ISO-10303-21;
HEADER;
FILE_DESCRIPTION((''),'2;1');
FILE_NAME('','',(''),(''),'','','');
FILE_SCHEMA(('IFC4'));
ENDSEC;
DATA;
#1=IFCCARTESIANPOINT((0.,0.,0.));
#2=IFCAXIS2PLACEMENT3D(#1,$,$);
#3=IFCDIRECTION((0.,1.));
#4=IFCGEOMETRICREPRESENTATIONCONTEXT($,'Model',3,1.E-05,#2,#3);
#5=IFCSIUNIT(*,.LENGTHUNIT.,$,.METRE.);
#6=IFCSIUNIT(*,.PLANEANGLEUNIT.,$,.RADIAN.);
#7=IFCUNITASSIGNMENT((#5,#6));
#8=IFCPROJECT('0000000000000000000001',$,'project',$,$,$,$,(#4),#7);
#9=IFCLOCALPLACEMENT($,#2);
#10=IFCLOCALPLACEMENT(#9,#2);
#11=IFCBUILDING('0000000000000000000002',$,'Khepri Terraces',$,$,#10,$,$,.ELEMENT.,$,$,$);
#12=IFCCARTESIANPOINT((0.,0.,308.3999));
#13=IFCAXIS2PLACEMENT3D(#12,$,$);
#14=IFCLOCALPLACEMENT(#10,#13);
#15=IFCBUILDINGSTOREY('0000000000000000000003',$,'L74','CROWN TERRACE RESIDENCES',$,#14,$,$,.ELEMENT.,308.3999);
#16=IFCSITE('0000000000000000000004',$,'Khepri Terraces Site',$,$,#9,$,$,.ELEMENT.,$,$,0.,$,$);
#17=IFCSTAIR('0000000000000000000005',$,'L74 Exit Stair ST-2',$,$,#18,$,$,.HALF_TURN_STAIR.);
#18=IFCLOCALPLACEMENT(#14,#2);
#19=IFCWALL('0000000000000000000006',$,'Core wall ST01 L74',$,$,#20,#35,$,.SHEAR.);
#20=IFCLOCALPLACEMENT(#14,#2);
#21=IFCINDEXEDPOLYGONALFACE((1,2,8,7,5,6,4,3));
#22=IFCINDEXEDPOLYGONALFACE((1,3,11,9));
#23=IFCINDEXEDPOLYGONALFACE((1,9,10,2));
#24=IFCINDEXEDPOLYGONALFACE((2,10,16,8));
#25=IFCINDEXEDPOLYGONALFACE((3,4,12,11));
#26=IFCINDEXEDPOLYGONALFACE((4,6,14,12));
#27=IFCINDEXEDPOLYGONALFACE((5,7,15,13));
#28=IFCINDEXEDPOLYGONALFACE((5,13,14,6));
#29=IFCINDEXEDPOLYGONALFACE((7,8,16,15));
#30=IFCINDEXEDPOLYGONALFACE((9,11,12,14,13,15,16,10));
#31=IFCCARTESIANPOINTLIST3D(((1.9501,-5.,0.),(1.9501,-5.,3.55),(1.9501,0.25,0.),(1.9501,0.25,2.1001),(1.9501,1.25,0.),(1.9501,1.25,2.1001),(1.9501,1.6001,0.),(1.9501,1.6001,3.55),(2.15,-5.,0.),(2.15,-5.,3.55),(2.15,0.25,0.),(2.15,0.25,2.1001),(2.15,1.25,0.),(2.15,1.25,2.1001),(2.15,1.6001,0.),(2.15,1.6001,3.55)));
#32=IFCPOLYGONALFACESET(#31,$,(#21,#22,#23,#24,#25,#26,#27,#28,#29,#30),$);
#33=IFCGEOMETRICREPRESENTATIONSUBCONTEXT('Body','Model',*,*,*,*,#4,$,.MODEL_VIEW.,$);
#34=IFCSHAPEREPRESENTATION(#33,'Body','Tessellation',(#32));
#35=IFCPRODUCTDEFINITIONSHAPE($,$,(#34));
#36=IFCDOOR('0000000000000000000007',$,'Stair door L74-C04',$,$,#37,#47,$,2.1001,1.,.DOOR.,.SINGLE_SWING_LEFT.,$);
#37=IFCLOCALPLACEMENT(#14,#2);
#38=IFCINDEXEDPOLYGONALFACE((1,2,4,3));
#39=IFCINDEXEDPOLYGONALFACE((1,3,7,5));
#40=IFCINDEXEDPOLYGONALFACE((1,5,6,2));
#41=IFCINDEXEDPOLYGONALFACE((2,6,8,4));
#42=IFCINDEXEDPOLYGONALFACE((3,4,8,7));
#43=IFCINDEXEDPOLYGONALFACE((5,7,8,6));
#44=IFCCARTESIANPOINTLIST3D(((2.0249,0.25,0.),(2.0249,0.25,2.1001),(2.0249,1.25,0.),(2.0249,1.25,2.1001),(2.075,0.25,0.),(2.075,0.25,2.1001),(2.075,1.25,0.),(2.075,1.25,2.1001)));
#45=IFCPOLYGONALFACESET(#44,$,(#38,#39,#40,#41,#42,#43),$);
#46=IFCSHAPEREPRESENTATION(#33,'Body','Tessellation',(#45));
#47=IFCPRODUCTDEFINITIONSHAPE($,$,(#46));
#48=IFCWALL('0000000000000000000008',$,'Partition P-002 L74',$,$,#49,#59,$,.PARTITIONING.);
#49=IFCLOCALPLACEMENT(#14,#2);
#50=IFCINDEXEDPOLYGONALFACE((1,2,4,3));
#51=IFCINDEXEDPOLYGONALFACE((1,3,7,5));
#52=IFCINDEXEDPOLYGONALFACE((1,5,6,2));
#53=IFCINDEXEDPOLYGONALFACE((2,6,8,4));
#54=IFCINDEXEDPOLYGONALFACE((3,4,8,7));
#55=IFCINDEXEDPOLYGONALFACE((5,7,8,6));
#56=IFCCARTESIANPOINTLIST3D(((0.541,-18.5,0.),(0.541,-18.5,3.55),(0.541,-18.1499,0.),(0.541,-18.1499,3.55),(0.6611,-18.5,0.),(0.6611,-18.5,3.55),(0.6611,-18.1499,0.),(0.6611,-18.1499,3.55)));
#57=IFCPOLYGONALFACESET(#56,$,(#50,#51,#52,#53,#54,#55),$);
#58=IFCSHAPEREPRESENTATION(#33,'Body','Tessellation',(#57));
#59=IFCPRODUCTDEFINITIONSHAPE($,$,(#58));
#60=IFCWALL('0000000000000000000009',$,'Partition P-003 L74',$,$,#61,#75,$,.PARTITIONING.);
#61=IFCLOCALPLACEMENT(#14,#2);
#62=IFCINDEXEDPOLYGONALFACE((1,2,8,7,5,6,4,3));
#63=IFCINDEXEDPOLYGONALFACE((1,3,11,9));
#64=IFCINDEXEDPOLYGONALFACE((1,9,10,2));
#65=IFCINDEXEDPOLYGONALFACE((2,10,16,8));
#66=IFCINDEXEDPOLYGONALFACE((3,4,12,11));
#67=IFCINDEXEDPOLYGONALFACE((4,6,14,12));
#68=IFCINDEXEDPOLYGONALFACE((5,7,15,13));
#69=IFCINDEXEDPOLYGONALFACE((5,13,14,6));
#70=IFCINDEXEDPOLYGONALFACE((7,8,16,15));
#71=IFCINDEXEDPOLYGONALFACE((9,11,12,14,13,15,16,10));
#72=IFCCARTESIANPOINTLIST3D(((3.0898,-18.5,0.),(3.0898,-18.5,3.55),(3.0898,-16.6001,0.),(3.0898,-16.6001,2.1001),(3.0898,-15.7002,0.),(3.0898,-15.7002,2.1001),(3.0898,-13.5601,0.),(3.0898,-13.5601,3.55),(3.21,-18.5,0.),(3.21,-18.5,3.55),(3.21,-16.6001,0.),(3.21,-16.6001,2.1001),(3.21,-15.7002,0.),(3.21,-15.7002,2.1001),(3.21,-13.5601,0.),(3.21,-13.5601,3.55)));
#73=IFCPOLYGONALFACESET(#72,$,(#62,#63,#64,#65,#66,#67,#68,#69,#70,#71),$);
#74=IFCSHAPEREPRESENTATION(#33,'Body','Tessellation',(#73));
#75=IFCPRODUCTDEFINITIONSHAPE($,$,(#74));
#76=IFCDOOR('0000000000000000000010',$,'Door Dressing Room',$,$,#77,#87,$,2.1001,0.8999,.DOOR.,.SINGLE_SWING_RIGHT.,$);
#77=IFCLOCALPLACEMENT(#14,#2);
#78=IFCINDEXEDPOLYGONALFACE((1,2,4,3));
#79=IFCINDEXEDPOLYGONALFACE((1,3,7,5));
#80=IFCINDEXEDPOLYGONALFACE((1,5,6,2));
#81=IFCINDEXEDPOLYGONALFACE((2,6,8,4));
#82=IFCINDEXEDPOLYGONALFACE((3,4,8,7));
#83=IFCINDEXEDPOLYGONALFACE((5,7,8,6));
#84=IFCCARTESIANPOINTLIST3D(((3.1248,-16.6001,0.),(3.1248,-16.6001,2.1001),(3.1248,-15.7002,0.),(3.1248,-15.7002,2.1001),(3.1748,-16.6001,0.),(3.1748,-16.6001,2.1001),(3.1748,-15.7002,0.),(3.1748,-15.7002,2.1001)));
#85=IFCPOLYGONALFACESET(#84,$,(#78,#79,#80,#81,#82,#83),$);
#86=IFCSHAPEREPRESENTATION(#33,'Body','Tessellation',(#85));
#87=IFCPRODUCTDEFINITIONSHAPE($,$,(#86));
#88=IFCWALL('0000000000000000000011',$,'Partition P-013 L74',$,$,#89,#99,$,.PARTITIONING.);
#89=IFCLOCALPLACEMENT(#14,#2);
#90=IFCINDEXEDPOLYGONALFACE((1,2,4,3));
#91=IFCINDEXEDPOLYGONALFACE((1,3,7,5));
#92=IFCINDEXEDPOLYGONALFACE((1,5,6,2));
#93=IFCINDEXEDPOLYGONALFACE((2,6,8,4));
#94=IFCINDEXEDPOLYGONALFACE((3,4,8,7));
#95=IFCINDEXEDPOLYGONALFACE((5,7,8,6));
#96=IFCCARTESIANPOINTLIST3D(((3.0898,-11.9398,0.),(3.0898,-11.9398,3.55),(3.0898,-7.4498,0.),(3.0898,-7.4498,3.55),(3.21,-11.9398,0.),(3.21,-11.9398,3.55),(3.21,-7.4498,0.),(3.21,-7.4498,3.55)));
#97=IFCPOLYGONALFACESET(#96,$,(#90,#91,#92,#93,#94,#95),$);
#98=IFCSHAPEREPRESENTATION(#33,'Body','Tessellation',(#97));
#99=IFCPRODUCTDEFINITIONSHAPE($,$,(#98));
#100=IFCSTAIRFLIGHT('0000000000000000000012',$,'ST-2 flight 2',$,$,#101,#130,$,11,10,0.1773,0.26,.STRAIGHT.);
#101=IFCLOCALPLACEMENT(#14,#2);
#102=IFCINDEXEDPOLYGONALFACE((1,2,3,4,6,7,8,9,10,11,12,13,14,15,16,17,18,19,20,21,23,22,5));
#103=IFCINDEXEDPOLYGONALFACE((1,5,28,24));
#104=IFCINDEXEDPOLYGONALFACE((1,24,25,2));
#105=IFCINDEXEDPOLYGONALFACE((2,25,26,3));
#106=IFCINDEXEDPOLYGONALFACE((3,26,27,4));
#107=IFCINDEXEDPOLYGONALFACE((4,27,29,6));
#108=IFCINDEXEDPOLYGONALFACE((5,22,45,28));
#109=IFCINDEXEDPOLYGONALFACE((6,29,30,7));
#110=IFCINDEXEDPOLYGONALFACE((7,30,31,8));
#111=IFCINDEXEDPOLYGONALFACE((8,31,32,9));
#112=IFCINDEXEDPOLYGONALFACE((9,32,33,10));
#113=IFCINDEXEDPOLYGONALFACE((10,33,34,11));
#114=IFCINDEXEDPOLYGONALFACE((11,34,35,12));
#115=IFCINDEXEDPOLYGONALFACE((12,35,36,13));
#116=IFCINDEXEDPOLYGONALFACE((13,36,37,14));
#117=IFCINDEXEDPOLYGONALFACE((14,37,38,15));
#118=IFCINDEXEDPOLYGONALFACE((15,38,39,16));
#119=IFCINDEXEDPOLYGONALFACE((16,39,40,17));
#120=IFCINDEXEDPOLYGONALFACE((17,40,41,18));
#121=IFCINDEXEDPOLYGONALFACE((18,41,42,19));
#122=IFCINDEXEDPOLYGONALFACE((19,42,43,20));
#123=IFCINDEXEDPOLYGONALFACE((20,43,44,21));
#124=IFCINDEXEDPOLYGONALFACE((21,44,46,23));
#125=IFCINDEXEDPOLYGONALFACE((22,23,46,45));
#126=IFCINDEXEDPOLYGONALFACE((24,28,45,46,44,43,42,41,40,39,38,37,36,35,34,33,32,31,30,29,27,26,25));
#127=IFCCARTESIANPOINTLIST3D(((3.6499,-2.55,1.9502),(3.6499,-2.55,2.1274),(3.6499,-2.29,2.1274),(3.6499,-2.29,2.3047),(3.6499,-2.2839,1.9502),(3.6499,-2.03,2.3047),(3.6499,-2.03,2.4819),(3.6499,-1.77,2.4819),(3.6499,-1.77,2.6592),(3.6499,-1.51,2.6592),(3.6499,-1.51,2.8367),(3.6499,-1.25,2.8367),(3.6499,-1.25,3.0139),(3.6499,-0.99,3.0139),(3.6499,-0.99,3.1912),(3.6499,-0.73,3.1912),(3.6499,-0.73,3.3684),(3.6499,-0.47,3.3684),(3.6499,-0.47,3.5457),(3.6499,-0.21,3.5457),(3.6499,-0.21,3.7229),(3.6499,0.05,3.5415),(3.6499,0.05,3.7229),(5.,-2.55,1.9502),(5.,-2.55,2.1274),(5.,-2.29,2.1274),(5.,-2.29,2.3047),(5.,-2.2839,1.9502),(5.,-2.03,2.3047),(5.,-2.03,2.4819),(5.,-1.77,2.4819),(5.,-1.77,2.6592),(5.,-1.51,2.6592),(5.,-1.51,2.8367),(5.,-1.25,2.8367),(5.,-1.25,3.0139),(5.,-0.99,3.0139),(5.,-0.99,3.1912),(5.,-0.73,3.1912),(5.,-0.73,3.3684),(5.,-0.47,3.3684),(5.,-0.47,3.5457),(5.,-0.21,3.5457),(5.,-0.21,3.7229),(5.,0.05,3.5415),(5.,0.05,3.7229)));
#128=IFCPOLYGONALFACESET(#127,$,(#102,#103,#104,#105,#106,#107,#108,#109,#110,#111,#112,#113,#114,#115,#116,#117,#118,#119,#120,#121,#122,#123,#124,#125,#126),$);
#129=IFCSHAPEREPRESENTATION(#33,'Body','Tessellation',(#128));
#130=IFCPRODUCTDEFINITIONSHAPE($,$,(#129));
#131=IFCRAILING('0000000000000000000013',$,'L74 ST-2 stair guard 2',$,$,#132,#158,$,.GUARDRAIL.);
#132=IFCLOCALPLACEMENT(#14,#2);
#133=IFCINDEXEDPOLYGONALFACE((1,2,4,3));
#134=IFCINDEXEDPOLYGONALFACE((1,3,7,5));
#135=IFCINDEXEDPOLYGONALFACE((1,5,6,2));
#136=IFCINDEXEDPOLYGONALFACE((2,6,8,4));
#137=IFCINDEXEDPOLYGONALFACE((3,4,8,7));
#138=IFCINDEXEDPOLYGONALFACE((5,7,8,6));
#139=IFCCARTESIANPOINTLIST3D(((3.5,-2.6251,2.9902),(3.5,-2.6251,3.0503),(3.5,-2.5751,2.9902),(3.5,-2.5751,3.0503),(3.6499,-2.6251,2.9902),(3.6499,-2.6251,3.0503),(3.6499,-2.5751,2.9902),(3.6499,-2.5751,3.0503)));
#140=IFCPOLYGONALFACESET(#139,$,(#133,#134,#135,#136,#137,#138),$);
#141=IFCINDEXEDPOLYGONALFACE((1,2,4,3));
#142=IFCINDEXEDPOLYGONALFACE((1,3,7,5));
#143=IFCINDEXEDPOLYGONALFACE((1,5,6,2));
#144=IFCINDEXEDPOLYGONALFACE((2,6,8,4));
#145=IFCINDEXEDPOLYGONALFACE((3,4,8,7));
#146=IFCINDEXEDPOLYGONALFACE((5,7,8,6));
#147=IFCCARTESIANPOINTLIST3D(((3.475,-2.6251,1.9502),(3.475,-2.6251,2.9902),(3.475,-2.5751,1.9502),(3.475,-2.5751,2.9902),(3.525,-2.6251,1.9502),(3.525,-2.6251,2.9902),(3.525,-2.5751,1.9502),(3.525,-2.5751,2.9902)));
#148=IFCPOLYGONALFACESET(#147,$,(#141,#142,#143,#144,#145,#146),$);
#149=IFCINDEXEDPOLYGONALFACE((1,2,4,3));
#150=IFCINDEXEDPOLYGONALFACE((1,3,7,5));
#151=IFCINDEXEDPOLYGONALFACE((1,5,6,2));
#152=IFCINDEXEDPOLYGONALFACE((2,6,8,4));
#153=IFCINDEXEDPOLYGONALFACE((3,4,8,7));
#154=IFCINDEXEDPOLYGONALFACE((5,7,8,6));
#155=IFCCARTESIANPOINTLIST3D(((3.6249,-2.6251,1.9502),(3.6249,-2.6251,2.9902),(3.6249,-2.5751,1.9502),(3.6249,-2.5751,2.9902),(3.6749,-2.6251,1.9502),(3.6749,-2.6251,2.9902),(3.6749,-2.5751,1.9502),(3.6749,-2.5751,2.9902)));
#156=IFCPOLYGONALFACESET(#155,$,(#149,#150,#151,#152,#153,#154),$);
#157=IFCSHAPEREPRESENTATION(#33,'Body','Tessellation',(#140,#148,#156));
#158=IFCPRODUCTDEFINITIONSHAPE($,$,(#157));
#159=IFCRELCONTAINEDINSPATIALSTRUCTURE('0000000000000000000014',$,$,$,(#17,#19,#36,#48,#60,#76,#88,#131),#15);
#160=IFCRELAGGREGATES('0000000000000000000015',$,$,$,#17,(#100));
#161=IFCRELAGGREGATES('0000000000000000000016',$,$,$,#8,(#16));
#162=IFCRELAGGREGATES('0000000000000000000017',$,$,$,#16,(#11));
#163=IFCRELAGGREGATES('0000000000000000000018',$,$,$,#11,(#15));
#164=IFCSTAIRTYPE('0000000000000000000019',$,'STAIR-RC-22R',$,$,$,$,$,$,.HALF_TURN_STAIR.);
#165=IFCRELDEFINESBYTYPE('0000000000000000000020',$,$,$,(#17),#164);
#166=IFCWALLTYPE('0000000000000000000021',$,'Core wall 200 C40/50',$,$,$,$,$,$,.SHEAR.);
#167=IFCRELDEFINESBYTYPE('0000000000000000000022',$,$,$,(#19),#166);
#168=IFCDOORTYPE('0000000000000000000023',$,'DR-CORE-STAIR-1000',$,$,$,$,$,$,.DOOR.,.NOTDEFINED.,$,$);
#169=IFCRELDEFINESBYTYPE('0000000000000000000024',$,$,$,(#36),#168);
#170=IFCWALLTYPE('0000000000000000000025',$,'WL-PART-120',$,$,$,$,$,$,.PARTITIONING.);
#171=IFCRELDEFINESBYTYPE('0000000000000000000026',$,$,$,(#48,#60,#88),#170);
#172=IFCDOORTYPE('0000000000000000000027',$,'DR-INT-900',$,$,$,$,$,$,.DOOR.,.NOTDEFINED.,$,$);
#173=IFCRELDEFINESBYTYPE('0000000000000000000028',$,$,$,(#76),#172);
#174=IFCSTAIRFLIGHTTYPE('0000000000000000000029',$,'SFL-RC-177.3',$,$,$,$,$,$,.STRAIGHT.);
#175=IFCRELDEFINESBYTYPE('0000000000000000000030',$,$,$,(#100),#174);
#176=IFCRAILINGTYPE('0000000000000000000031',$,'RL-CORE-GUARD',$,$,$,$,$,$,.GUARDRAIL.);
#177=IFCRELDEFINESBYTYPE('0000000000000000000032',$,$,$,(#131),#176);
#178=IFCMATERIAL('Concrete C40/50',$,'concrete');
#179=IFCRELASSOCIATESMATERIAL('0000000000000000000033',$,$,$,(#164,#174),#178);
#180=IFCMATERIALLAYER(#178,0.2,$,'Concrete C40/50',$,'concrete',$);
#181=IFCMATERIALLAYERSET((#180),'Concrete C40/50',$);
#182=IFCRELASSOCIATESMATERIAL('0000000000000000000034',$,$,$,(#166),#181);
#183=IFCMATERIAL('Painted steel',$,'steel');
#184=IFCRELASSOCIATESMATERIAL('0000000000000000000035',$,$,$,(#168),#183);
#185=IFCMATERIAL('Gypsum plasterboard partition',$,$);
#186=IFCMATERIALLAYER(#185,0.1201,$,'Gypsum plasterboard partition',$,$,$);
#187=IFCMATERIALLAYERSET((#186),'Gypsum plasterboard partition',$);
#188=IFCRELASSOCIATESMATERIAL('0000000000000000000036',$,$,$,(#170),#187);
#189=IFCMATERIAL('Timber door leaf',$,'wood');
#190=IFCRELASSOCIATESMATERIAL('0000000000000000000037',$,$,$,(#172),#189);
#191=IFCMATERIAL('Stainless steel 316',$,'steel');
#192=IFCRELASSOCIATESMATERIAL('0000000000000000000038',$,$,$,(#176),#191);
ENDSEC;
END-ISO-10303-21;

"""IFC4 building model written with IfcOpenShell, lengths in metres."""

from ifc_helpers import new_model, si_unit, direction, frame, frame_2d, origin, origin_2d, place, context, subcontext, project, spatial, polyline, rectangle, outline, extrude, material, layer, layer_set, type_object, element, fill, aggregate, save


model = new_model("IFC4")

# Units and contexts
model_context = context("Model", 3, precision=1e-05, world=origin(), true_north=direction((0.0, 1.0)))
body_context = subcontext(model_context, "Body", "Model", "MODEL_VIEW")
ifc_project = project(units=[si_unit("LENGTHUNIT", "METRE"), si_unit("PLANEANGLEUNIT", "RADIAN")], contexts=[model_context])

# Site, building, storey
site_placement = place(None, origin())
site = spatial("IfcSite", under=ifc_project, at=site_placement, Name="Khepri Terraces Site", CompositionType="ELEMENT", RefElevation=0.0)
building_placement = place(site_placement, origin())
building = spatial("IfcBuilding", under=site, at=building_placement, Name="Khepri Terraces", CompositionType="ELEMENT")
storey_placement = place(building_placement, frame((0.0, 0.0, 308.3999)))
storey = spatial("IfcBuildingStorey", under=building, at=storey_placement, Name="L74", Description="CROWN TERRACE RESIDENCES", CompositionType="ELEMENT", Elevation=308.3999)

# Shared definitions
ifc_material_1 = material(Name="Concrete C40/50", Category="concrete")

# Shared definitions
stair_type = type_object("IfcStairType", Name="STAIR-RC-22R", PredefinedType="HALF_TURN_STAIR", material=ifc_material_1)

# Stair
stair_1_placement = place(storey_placement, origin())
stair_1 = element("IfcStair", 1, at=stair_1_placement, inside=storey, type_object=stair_type, Name="L74 Exit Stair ST-2", PredefinedType="HALF_TURN_STAIR")

# Wall, opening, door
ifc_layer_1 = layer(ifc_material_1, 0.2, Name="Concrete C40/50", Category="concrete")
ifc_layer_set_1 = layer_set([ifc_layer_1], Name="Concrete C40/50")
wall_type_1 = type_object("IfcWallType", Name="Core wall 200 C40/50", PredefinedType="SHEAR", material=ifc_layer_set_1)
wall_1_placement = place(storey_placement, frame((2.05, -5.0, 0.0), z_axis=(0.0, 0.0, 1.0), x_axis=(0.0, 1.0, 0.0)))
wall_1 = element("IfcWall", 2, at=wall_1_placement, inside=storey, type_object=wall_type_1, Name="Core wall ST01 L74", PredefinedType="SHEAR", context=body_context, shape_type="SweptSolid", body=[
    extrude(rectangle(XDim=6.6001, YDim=0.2, at=frame_2d((3.3, 0.0))), origin(), (0.0, 0.0, 1.0), 3.55),
])
opening_1_placement = place(wall_1_placement, frame((5.25, 0.0, 0.0)))
opening_1 = element("IfcOpeningElement", 3, at=opening_1_placement, cuts=wall_1, PredefinedType="OPENING", context=body_context, shape_type="SweptSolid", body=[
    extrude(rectangle(XDim=1.0, YDim=2.1001, at=frame_2d((0.5, 1.05))), frame((0.0, 0.1099, 0.0), z_axis=(0.0, -1.0, 0.0), x_axis=(1.0, 0.0, 0.0)), (0.0, 0.0, 1.0), 0.22),
])
ifc_material_2 = material(Name="Painted steel", Category="steel")
door_type_1 = type_object("IfcDoorType", Name="DR-CORE-STAIR-1000", OperationType="NOTDEFINED", PredefinedType="DOOR", material=ifc_material_2)
door_1_placement = place(opening_1_placement, frame((1.0, 0.0, 0.0), z_axis=(0.0, 0.0, 1.0), x_axis=(-1.0, 0.0, 0.0)))
door_1 = element("IfcDoor", 4, at=door_1_placement, inside=storey, type_object=door_type_1, Name="Stair door L74-C04", OperationType="SINGLE_SWING_LEFT", OverallHeight=2.1001, OverallWidth=1.0, PredefinedType="DOOR", context=body_context, shape_type="SweptSolid", body=[
    extrude(rectangle(XDim=1.0, YDim=2.1001, at=frame_2d((0.5, 1.05))), frame((0.0, 0.0249, 0.0), z_axis=(0.0, -1.0, 0.0), x_axis=(1.0, 0.0, 0.0)), (0.0, 0.0, 1.0), 0.05),
])
fill(opening_1, door_1)

# Wall
ifc_material_3 = material(Name="Gypsum plasterboard partition")
ifc_layer_2 = layer(ifc_material_3, 0.1201, Name="Gypsum plasterboard partition")
ifc_layer_set_2 = layer_set([ifc_layer_2], Name="Gypsum plasterboard partition")
wall_type_2 = type_object("IfcWallType", Name="WL-PART-120", PredefinedType="PARTITIONING", material=ifc_layer_set_2)
wall_2_placement = place(storey_placement, frame((0.6011, -18.5, 0.0), z_axis=(0.0, 0.0, 1.0), x_axis=(0.0, 1.0, 0.0)))
element("IfcWall", 5, at=wall_2_placement, inside=storey, type_object=wall_type_2, Name="Partition P-002 L74", PredefinedType="PARTITIONING", context=body_context, shape_type="SweptSolid", body=[
    extrude(rectangle(XDim=0.3501, YDim=0.1201, at=frame_2d((0.175, 0.0))), origin(), (0.0, 0.0, 1.0), 3.55),
])

# Wall, opening, door
wall_3_placement = place(storey_placement, frame((3.1499, -18.5, 0.0), z_axis=(0.0, 0.0, 1.0), x_axis=(0.0, 1.0, 0.0)))
wall_3 = element("IfcWall", 6, at=wall_3_placement, inside=storey, type_object=wall_type_2, Name="Partition P-003 L74", PredefinedType="PARTITIONING", context=body_context, shape_type="SweptSolid", body=[
    extrude(rectangle(XDim=4.9399, YDim=0.1201, at=frame_2d((2.47, 0.0))), origin(), (0.0, 0.0, 1.0), 3.55),
])
opening_2_placement = place(wall_3_placement, frame((1.8999, 0.0, 0.0)))
opening_2 = element("IfcOpeningElement", 7, at=opening_2_placement, cuts=wall_3, PredefinedType="OPENING", context=body_context, shape_type="SweptSolid", body=[
    extrude(rectangle(XDim=0.8999, YDim=2.1001, at=frame_2d((0.45, 1.05))), frame((0.0, 0.0701, 0.0), z_axis=(0.0, -1.0, 0.0), x_axis=(1.0, 0.0, 0.0)), (0.0, 0.0, 1.0), 0.1401),
])
ifc_material_4 = material(Name="Timber door leaf", Category="wood")
door_type_2 = type_object("IfcDoorType", Name="DR-INT-900", OperationType="NOTDEFINED", PredefinedType="DOOR", material=ifc_material_4)
door_2_placement = place(opening_2_placement, frame((0.8999, 0.0, 0.0), z_axis=(0.0, 0.0, 1.0), x_axis=(-1.0, 0.0, 0.0)))
door_2 = element("IfcDoor", 8, at=door_2_placement, inside=storey, type_object=door_type_2, Name="Door Dressing Room", OperationType="SINGLE_SWING_RIGHT", OverallHeight=2.1001, OverallWidth=0.8999, PredefinedType="DOOR", context=body_context, shape_type="SweptSolid", body=[
    extrude(rectangle(XDim=0.8999, YDim=2.1001, at=frame_2d((0.45, 1.05))), frame((0.0, 0.0249, 0.0), z_axis=(0.0, -1.0, 0.0), x_axis=(1.0, 0.0, 0.0)), (0.0, 0.0, 1.0), 0.05),
])
fill(opening_2, door_2)

# Wall
wall_4_placement = place(storey_placement, frame((3.1499, -11.9399, 0.0), z_axis=(0.0, 0.0, 1.0), x_axis=(0.0, 1.0, 0.0)))
element("IfcWall", 9, at=wall_4_placement, inside=storey, type_object=wall_type_2, Name="Partition P-013 L74", PredefinedType="PARTITIONING", context=body_context, shape_type="SweptSolid", body=[
    extrude(rectangle(XDim=4.49, YDim=0.1201, at=frame_2d((2.2451, 0.0))), origin(), (0.0, 0.0, 1.0), 3.55),
])

# Stair flight
stair_flight_type = type_object("IfcStairFlightType", Name="SFL-RC-177.3", PredefinedType="STRAIGHT", material=ifc_material_1)
stair_flight_placement = place(storey_placement, frame((4.325, -2.55, 1.9502), z_axis=(0.0, 0.0, 1.0), x_axis=(0.0, 1.0, 0.0)))
stair_flight = element("IfcStairFlight", 10, at=stair_flight_placement, type_object=stair_flight_type, Name="ST-2 flight 2", NumberOfRisers=11, NumberOfTreads=10, PredefinedType="STRAIGHT", RiserHeight=0.1773, TreadLength=0.26, context=body_context, shape_type="SweptSolid", body=[
    extrude(outline(polyline([(0.0, 0.0), (0.0, 0.1772), (0.26, 0.1772), (0.26, 0.3545), (0.52, 0.3545), (0.52, 0.5317), (0.78, 0.5317), (0.78, 0.709), (1.04, 0.709), (1.04, 0.8865), (1.3, 0.8865), (1.3, 1.0637), (1.5601, 1.0637), (1.5601, 1.241), (1.8201, 1.241), (1.8201, 1.4182), (2.0801, 1.4182), (2.0801, 1.5955), (2.3401, 1.5955), (2.3401, 1.7727), (2.6001, 1.7727), (2.6001, 1.95), (2.6001, 1.5913), (0.2661, 0.0), (0.0, 0.0)])), frame((0.0, 0.675, 0.0), z_axis=(0.0, -1.0, 0.0), x_axis=(1.0, 0.0, 0.0)), (0.0, 0.0, 1.0), 1.3501),
])
aggregate(stair_1, [stair_flight])

# Railing
ifc_material_5 = material(Name="Stainless steel 316", Category="steel")
railing_type_1 = type_object("IfcRailingType", Name="RL-CORE-GUARD", PredefinedType="GUARDRAIL", material=ifc_material_5)
railing_1_placement = place(storey_placement, frame((3.5, -2.6001, 1.9502)))
element("IfcRailing", 11, at=railing_1_placement, inside=storey, type_object=railing_type_1, Name="L74 ST-2 stair guard 2", PredefinedType="GUARDRAIL", context=body_context, shape_type="SweptSolid", body=[
    extrude(rectangle(XDim=0.05, YDim=0.0601, at=origin_2d()), frame((0.0, 0.0, 1.0701), z_axis=(1.0, 0.0, 0.0), x_axis=(0.0, 1.0, 0.0)), (0.0, 0.0, 1.0), 0.1499),
    extrude(rectangle(XDim=0.05, YDim=0.05, at=origin_2d()), origin(), (0.0, 0.0, 1.0), 1.04),
    extrude(rectangle(XDim=0.05, YDim=0.05, at=origin_2d()), frame((0.1499, 0.0, 0.0)), (0.0, 0.0, 1.0), 1.04),
])

save(model, "model.ifc")
